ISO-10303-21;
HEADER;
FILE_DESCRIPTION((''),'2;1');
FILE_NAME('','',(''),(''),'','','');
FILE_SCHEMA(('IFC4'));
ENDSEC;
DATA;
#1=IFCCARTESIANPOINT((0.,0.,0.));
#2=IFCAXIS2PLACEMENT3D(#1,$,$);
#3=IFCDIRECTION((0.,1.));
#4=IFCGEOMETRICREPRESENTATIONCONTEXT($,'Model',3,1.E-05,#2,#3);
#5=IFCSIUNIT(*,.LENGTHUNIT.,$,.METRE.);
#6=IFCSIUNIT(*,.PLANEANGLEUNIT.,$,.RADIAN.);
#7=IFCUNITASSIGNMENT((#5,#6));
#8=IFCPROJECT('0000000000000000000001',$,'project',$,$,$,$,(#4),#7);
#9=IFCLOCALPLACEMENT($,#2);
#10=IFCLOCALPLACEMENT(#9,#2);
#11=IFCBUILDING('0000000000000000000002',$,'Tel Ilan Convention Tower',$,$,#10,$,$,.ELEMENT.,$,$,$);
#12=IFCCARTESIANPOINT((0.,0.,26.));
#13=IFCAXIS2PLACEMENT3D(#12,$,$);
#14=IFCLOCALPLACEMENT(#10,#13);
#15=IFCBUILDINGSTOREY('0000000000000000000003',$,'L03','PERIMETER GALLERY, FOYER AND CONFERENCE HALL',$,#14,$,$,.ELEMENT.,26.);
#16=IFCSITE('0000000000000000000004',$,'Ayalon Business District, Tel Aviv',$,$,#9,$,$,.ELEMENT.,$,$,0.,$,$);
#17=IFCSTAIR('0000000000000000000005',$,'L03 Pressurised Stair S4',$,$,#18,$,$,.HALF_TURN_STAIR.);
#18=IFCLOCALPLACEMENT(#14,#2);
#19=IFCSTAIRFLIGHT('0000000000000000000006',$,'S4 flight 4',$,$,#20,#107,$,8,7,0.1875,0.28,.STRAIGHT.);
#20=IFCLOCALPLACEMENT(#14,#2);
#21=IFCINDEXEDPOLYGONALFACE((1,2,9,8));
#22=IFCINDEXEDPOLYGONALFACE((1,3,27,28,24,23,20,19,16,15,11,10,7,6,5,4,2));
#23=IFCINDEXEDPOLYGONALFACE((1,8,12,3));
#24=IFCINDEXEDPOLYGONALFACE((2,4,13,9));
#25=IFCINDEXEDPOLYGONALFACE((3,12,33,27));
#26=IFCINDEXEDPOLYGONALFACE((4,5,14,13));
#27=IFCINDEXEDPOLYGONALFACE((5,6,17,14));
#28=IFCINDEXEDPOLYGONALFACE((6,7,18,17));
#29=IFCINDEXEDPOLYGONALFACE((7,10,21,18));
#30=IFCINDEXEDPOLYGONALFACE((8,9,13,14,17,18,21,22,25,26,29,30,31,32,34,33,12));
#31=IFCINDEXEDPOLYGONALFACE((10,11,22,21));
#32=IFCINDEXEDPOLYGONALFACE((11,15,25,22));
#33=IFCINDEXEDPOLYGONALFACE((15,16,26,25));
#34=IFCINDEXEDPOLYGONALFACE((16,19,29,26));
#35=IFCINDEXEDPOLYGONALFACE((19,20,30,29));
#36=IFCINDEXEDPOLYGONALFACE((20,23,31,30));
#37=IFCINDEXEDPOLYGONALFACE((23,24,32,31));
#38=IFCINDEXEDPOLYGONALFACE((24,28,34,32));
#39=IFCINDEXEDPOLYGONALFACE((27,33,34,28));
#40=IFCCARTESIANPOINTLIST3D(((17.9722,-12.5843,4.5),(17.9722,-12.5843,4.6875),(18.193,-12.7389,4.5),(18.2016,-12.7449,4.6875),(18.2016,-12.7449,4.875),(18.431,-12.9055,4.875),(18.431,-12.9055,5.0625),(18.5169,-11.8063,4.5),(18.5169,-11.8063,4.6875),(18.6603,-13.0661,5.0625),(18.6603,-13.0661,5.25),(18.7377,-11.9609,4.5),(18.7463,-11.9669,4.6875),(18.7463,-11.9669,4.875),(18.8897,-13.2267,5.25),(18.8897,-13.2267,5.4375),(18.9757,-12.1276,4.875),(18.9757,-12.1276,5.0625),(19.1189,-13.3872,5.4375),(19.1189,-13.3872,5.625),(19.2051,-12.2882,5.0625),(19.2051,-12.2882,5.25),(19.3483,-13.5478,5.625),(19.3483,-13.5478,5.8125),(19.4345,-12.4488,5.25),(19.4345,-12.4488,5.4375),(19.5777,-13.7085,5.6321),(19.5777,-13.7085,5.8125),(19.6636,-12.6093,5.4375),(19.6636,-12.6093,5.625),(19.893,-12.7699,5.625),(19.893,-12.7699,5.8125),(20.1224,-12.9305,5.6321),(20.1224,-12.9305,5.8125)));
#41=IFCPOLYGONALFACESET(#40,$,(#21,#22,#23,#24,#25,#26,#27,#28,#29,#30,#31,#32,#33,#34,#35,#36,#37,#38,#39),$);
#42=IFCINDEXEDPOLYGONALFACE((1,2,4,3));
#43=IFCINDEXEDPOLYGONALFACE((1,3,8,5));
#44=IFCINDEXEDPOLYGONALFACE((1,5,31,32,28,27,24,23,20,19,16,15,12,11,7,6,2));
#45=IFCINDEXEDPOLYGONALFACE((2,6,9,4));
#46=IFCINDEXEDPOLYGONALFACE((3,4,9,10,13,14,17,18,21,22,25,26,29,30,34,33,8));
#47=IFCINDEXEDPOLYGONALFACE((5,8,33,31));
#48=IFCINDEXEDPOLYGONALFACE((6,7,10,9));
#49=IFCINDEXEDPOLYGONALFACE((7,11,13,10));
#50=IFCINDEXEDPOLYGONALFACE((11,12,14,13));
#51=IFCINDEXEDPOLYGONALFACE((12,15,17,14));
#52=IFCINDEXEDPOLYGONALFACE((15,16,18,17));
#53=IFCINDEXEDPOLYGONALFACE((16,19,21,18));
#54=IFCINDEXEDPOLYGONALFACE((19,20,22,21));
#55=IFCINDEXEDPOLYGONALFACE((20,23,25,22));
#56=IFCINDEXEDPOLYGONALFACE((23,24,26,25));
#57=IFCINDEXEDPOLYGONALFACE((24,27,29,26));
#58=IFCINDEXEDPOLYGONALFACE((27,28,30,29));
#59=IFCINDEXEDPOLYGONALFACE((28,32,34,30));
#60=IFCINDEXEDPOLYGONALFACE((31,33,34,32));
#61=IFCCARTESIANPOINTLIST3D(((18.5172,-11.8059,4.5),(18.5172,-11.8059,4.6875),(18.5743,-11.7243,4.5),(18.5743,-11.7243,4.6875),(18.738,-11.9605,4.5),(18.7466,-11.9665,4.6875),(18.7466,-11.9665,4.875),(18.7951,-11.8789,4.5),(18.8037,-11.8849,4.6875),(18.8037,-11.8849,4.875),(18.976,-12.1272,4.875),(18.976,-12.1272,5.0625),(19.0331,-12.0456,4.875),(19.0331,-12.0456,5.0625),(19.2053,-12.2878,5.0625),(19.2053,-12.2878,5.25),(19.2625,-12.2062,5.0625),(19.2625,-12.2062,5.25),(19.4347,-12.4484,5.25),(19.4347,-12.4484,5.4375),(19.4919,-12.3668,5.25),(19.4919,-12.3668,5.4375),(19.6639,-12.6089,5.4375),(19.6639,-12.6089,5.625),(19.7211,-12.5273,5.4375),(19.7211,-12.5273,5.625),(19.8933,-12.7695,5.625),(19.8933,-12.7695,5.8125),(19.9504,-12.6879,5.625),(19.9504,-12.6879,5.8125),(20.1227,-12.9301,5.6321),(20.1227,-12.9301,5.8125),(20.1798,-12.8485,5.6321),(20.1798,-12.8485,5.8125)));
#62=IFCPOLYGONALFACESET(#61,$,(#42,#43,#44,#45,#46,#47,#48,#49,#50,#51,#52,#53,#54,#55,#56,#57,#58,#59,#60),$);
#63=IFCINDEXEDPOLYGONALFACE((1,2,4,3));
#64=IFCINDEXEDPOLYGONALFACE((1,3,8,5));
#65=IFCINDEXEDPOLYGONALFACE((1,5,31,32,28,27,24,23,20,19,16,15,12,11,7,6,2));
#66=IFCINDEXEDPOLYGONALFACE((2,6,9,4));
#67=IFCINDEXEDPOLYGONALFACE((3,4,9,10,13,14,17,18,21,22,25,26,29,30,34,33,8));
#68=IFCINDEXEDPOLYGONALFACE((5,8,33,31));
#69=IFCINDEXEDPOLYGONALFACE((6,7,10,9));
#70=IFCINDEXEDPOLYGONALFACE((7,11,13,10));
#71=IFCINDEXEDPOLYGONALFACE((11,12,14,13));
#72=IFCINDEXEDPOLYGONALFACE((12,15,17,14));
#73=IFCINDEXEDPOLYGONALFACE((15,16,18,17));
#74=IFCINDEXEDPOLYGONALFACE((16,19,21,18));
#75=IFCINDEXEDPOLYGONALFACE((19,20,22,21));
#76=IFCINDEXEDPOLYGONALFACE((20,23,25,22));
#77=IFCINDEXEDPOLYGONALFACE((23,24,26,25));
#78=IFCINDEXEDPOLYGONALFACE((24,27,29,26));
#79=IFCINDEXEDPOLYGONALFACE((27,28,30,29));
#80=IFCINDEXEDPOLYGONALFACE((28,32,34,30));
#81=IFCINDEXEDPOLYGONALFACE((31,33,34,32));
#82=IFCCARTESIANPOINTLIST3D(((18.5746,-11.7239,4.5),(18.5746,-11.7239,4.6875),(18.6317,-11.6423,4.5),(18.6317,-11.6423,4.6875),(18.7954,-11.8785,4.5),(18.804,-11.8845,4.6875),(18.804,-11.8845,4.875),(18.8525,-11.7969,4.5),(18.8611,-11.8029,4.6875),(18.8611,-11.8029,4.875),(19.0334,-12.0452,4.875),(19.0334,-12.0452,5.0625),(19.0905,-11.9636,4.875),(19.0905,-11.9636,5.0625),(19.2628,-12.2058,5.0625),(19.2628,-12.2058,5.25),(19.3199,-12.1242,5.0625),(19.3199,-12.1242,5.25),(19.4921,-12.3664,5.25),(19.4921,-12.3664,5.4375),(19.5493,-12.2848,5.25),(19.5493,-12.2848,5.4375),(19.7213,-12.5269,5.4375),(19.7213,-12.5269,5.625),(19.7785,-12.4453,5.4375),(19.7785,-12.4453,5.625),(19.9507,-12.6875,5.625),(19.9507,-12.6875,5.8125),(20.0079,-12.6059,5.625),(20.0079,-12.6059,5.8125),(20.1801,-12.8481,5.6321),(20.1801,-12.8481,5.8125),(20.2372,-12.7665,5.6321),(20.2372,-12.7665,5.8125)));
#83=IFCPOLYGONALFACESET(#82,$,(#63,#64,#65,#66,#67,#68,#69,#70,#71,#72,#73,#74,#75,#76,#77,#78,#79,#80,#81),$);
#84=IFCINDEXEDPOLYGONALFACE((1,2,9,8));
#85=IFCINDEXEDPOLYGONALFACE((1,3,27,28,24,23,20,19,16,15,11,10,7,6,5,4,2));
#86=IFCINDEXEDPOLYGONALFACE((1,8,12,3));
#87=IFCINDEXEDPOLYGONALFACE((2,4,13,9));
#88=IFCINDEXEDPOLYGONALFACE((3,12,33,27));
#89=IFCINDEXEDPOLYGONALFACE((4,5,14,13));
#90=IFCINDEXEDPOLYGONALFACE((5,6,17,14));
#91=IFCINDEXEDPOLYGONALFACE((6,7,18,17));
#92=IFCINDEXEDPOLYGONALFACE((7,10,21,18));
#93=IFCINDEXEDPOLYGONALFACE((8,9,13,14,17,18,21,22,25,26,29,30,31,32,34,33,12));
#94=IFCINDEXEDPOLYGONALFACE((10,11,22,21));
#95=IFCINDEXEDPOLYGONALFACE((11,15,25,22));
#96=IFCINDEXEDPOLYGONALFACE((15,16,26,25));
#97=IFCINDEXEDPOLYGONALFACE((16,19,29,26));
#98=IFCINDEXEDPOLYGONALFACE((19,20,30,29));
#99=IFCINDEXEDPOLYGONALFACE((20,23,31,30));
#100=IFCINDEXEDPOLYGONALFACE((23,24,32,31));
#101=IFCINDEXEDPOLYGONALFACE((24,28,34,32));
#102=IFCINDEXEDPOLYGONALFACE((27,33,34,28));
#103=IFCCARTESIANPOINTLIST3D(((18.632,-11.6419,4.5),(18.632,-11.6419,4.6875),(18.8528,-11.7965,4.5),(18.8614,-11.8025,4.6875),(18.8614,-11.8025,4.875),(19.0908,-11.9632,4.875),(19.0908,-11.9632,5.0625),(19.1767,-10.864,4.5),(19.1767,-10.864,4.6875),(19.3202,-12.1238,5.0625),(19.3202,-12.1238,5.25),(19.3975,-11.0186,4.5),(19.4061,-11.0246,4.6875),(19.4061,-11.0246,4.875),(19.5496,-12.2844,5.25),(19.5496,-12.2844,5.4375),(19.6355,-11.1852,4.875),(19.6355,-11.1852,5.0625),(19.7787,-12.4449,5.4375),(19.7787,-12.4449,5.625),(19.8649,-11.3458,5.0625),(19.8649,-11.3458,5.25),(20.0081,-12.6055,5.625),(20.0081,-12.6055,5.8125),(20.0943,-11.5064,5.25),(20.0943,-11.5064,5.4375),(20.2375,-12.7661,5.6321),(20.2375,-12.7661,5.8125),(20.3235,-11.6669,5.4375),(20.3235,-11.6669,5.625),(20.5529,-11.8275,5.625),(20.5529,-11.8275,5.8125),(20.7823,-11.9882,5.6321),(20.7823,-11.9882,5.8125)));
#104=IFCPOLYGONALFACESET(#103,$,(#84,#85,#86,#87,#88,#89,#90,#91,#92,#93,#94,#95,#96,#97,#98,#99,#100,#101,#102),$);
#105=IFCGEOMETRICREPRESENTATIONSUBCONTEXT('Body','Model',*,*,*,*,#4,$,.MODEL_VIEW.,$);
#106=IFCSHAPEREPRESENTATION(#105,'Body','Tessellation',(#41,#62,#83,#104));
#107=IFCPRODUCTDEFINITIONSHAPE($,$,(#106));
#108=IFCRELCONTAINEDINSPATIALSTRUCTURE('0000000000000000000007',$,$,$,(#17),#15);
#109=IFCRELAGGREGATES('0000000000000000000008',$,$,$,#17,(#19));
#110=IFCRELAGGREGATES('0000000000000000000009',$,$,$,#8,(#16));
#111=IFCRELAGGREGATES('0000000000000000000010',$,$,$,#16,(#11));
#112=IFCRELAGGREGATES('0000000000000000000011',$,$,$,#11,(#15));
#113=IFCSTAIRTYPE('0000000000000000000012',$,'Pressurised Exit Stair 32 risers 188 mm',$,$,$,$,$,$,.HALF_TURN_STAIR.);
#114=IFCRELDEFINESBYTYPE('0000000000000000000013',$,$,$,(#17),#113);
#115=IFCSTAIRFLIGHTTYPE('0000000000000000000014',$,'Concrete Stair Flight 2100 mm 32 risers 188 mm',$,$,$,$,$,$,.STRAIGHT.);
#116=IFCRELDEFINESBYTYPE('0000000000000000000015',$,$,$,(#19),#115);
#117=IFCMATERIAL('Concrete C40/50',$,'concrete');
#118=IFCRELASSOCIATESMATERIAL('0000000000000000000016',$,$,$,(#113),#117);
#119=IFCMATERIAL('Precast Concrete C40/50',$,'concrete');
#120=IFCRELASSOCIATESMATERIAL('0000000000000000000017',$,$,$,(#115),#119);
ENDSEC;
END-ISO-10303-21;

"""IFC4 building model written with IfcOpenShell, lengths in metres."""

from ifc_helpers import new_model, si_unit, direction, frame, origin, place, context, subcontext, project, spatial, polyline, outline, extrude, material, type_object, element, aggregate, save


model = new_model("IFC4")

# Units and contexts
model_context = context("Model", 3, precision=1e-05, world=origin(), true_north=direction((0.0, 1.0)))
body_context = subcontext(model_context, "Body", "Model", "MODEL_VIEW")
ifc_project = project(units=[si_unit("LENGTHUNIT", "METRE"), si_unit("PLANEANGLEUNIT", "RADIAN")], contexts=[model_context])

# Site, building, storey
site_placement = place(None, origin())
site = spatial("IfcSite", under=ifc_project, at=site_placement, Name="Ayalon Business District, Tel Aviv", CompositionType="ELEMENT", RefElevation=0.0)
building_placement = place(site_placement, origin())
building = spatial("IfcBuilding", under=site, at=building_placement, Name="Tel Ilan Convention Tower", CompositionType="ELEMENT")
storey_placement = place(building_placement, frame((0.0, 0.0, 26.0)))
storey = spatial("IfcBuildingStorey", under=building, at=storey_placement, Name="L03", Description="PERIMETER GALLERY, FOYER AND CONFERENCE HALL", CompositionType="ELEMENT", Elevation=26.0)

# Stair, stair flight
ifc_material_1 = material(Name="Concrete C40/50", Category="concrete")
stair_type = type_object("IfcStairType", Name="Pressurised Exit Stair 32 risers 188 mm", PredefinedType="HALF_TURN_STAIR", material=ifc_material_1)
stair_placement = place(storey_placement, origin())
stair = element("IfcStair", 1, at=stair_placement, inside=storey, type_object=stair_type, Name="L03 Pressurised Stair S4", PredefinedType="HALF_TURN_STAIR")
ifc_material_2 = material(Name="Precast Concrete C40/50", Category="concrete")
stair_flight_type = type_object("IfcStairFlightType", Name="Concrete Stair Flight 2100 mm 32 risers 188 mm", PredefinedType="STRAIGHT", material=ifc_material_2)
stair_flight_1_placement = place(storey_placement, frame((18.5745, -11.7241, 4.5), z_axis=(0.0, 0.0, 1.0), x_axis=(0.819152, -0.573576, 0.0)))
stair_flight_1 = element("IfcStairFlight", 2, at=stair_flight_1_placement, type_object=stair_flight_type, Name="S4 flight 4", NumberOfRisers=8, NumberOfTreads=7, PredefinedType="STRAIGHT", RiserHeight=0.1875, TreadLength=0.28, context=body_context, shape_type="SweptSolid", body=[
    extrude(outline(polyline([(0.0, 0.0), (0.0, 0.1875), (0.28, 0.1875), (0.28, 0.375), (0.5601, 0.375), (0.5601, 0.5625), (0.8401, 0.5625), (0.8401, 0.75), (1.1201, 0.75), (1.1201, 0.9375), (1.3999, 0.9375), (1.3999, 1.125), (1.6799, 1.125), (1.6799, 1.3125), (1.96, 1.3125), (1.96, 1.5), (1.96, 1.1321), (0.2695, 0.0), (0.0, 0.0)])), frame((0.0, -0.1003, 0.0), z_axis=(0.0, -1.0, 0.0), x_axis=(1.0, 0.0, 0.0)), (0.0, 0.0, 1.0), 0.9497),
    extrude(outline(polyline([(0.0, 0.0), (0.0, 0.1875), (0.28, 0.1875), (0.28, 0.375), (0.5601, 0.375), (0.5601, 0.5625), (0.8401, 0.5625), (0.8401, 0.75), (1.1201, 0.75), (1.1201, 0.9375), (1.3999, 0.9375), (1.3999, 1.125), (1.6799, 1.125), (1.6799, 1.3125), (1.96, 1.3125), (1.96, 1.5), (1.96, 1.1321), (0.2695, 0.0), (0.0, 0.0)])), frame((0.0, -0.0002, 0.0), z_axis=(0.0, -1.0, 0.0), x_axis=(1.0, 0.0, 0.0)), (0.0, 0.0, 1.0), 0.0996),
    extrude(outline(polyline([(0.0, 0.0), (0.0, 0.1875), (0.28, 0.1875), (0.28, 0.375), (0.5601, 0.375), (0.5601, 0.5625), (0.8401, 0.5625), (0.8401, 0.75), (1.1201, 0.75), (1.1201, 0.9375), (1.3999, 0.9375), (1.3999, 1.125), (1.6799, 1.125), (1.6799, 1.3125), (1.96, 1.3125), (1.96, 1.5), (1.96, 1.1321), (0.2695, 0.0), (0.0, 0.0)])), frame((0.0, 0.0999, 0.0), z_axis=(0.0, -1.0, 0.0), x_axis=(1.0, 0.0, 0.0)), (0.0, 0.0, 1.0), 0.0996),
    extrude(outline(polyline([(0.0, 0.0), (0.0, 0.1875), (0.28, 0.1875), (0.28, 0.375), (0.5601, 0.375), (0.5601, 0.5625), (0.8401, 0.5625), (0.8401, 0.75), (1.1201, 0.75), (1.1201, 0.9375), (1.3999, 0.9375), (1.3999, 1.125), (1.6799, 1.125), (1.6799, 1.3125), (1.96, 1.3125), (1.96, 1.5), (1.96, 1.1321), (0.2695, 0.0), (0.0, 0.0)])), frame((0.0, 1.05, 0.0), z_axis=(0.0, -1.0, 0.0), x_axis=(1.0, 0.0, 0.0)), (0.0, 0.0, 1.0), 0.9497),
])
aggregate(stair, [stair_flight_1])

save(model, "model.ifc")
